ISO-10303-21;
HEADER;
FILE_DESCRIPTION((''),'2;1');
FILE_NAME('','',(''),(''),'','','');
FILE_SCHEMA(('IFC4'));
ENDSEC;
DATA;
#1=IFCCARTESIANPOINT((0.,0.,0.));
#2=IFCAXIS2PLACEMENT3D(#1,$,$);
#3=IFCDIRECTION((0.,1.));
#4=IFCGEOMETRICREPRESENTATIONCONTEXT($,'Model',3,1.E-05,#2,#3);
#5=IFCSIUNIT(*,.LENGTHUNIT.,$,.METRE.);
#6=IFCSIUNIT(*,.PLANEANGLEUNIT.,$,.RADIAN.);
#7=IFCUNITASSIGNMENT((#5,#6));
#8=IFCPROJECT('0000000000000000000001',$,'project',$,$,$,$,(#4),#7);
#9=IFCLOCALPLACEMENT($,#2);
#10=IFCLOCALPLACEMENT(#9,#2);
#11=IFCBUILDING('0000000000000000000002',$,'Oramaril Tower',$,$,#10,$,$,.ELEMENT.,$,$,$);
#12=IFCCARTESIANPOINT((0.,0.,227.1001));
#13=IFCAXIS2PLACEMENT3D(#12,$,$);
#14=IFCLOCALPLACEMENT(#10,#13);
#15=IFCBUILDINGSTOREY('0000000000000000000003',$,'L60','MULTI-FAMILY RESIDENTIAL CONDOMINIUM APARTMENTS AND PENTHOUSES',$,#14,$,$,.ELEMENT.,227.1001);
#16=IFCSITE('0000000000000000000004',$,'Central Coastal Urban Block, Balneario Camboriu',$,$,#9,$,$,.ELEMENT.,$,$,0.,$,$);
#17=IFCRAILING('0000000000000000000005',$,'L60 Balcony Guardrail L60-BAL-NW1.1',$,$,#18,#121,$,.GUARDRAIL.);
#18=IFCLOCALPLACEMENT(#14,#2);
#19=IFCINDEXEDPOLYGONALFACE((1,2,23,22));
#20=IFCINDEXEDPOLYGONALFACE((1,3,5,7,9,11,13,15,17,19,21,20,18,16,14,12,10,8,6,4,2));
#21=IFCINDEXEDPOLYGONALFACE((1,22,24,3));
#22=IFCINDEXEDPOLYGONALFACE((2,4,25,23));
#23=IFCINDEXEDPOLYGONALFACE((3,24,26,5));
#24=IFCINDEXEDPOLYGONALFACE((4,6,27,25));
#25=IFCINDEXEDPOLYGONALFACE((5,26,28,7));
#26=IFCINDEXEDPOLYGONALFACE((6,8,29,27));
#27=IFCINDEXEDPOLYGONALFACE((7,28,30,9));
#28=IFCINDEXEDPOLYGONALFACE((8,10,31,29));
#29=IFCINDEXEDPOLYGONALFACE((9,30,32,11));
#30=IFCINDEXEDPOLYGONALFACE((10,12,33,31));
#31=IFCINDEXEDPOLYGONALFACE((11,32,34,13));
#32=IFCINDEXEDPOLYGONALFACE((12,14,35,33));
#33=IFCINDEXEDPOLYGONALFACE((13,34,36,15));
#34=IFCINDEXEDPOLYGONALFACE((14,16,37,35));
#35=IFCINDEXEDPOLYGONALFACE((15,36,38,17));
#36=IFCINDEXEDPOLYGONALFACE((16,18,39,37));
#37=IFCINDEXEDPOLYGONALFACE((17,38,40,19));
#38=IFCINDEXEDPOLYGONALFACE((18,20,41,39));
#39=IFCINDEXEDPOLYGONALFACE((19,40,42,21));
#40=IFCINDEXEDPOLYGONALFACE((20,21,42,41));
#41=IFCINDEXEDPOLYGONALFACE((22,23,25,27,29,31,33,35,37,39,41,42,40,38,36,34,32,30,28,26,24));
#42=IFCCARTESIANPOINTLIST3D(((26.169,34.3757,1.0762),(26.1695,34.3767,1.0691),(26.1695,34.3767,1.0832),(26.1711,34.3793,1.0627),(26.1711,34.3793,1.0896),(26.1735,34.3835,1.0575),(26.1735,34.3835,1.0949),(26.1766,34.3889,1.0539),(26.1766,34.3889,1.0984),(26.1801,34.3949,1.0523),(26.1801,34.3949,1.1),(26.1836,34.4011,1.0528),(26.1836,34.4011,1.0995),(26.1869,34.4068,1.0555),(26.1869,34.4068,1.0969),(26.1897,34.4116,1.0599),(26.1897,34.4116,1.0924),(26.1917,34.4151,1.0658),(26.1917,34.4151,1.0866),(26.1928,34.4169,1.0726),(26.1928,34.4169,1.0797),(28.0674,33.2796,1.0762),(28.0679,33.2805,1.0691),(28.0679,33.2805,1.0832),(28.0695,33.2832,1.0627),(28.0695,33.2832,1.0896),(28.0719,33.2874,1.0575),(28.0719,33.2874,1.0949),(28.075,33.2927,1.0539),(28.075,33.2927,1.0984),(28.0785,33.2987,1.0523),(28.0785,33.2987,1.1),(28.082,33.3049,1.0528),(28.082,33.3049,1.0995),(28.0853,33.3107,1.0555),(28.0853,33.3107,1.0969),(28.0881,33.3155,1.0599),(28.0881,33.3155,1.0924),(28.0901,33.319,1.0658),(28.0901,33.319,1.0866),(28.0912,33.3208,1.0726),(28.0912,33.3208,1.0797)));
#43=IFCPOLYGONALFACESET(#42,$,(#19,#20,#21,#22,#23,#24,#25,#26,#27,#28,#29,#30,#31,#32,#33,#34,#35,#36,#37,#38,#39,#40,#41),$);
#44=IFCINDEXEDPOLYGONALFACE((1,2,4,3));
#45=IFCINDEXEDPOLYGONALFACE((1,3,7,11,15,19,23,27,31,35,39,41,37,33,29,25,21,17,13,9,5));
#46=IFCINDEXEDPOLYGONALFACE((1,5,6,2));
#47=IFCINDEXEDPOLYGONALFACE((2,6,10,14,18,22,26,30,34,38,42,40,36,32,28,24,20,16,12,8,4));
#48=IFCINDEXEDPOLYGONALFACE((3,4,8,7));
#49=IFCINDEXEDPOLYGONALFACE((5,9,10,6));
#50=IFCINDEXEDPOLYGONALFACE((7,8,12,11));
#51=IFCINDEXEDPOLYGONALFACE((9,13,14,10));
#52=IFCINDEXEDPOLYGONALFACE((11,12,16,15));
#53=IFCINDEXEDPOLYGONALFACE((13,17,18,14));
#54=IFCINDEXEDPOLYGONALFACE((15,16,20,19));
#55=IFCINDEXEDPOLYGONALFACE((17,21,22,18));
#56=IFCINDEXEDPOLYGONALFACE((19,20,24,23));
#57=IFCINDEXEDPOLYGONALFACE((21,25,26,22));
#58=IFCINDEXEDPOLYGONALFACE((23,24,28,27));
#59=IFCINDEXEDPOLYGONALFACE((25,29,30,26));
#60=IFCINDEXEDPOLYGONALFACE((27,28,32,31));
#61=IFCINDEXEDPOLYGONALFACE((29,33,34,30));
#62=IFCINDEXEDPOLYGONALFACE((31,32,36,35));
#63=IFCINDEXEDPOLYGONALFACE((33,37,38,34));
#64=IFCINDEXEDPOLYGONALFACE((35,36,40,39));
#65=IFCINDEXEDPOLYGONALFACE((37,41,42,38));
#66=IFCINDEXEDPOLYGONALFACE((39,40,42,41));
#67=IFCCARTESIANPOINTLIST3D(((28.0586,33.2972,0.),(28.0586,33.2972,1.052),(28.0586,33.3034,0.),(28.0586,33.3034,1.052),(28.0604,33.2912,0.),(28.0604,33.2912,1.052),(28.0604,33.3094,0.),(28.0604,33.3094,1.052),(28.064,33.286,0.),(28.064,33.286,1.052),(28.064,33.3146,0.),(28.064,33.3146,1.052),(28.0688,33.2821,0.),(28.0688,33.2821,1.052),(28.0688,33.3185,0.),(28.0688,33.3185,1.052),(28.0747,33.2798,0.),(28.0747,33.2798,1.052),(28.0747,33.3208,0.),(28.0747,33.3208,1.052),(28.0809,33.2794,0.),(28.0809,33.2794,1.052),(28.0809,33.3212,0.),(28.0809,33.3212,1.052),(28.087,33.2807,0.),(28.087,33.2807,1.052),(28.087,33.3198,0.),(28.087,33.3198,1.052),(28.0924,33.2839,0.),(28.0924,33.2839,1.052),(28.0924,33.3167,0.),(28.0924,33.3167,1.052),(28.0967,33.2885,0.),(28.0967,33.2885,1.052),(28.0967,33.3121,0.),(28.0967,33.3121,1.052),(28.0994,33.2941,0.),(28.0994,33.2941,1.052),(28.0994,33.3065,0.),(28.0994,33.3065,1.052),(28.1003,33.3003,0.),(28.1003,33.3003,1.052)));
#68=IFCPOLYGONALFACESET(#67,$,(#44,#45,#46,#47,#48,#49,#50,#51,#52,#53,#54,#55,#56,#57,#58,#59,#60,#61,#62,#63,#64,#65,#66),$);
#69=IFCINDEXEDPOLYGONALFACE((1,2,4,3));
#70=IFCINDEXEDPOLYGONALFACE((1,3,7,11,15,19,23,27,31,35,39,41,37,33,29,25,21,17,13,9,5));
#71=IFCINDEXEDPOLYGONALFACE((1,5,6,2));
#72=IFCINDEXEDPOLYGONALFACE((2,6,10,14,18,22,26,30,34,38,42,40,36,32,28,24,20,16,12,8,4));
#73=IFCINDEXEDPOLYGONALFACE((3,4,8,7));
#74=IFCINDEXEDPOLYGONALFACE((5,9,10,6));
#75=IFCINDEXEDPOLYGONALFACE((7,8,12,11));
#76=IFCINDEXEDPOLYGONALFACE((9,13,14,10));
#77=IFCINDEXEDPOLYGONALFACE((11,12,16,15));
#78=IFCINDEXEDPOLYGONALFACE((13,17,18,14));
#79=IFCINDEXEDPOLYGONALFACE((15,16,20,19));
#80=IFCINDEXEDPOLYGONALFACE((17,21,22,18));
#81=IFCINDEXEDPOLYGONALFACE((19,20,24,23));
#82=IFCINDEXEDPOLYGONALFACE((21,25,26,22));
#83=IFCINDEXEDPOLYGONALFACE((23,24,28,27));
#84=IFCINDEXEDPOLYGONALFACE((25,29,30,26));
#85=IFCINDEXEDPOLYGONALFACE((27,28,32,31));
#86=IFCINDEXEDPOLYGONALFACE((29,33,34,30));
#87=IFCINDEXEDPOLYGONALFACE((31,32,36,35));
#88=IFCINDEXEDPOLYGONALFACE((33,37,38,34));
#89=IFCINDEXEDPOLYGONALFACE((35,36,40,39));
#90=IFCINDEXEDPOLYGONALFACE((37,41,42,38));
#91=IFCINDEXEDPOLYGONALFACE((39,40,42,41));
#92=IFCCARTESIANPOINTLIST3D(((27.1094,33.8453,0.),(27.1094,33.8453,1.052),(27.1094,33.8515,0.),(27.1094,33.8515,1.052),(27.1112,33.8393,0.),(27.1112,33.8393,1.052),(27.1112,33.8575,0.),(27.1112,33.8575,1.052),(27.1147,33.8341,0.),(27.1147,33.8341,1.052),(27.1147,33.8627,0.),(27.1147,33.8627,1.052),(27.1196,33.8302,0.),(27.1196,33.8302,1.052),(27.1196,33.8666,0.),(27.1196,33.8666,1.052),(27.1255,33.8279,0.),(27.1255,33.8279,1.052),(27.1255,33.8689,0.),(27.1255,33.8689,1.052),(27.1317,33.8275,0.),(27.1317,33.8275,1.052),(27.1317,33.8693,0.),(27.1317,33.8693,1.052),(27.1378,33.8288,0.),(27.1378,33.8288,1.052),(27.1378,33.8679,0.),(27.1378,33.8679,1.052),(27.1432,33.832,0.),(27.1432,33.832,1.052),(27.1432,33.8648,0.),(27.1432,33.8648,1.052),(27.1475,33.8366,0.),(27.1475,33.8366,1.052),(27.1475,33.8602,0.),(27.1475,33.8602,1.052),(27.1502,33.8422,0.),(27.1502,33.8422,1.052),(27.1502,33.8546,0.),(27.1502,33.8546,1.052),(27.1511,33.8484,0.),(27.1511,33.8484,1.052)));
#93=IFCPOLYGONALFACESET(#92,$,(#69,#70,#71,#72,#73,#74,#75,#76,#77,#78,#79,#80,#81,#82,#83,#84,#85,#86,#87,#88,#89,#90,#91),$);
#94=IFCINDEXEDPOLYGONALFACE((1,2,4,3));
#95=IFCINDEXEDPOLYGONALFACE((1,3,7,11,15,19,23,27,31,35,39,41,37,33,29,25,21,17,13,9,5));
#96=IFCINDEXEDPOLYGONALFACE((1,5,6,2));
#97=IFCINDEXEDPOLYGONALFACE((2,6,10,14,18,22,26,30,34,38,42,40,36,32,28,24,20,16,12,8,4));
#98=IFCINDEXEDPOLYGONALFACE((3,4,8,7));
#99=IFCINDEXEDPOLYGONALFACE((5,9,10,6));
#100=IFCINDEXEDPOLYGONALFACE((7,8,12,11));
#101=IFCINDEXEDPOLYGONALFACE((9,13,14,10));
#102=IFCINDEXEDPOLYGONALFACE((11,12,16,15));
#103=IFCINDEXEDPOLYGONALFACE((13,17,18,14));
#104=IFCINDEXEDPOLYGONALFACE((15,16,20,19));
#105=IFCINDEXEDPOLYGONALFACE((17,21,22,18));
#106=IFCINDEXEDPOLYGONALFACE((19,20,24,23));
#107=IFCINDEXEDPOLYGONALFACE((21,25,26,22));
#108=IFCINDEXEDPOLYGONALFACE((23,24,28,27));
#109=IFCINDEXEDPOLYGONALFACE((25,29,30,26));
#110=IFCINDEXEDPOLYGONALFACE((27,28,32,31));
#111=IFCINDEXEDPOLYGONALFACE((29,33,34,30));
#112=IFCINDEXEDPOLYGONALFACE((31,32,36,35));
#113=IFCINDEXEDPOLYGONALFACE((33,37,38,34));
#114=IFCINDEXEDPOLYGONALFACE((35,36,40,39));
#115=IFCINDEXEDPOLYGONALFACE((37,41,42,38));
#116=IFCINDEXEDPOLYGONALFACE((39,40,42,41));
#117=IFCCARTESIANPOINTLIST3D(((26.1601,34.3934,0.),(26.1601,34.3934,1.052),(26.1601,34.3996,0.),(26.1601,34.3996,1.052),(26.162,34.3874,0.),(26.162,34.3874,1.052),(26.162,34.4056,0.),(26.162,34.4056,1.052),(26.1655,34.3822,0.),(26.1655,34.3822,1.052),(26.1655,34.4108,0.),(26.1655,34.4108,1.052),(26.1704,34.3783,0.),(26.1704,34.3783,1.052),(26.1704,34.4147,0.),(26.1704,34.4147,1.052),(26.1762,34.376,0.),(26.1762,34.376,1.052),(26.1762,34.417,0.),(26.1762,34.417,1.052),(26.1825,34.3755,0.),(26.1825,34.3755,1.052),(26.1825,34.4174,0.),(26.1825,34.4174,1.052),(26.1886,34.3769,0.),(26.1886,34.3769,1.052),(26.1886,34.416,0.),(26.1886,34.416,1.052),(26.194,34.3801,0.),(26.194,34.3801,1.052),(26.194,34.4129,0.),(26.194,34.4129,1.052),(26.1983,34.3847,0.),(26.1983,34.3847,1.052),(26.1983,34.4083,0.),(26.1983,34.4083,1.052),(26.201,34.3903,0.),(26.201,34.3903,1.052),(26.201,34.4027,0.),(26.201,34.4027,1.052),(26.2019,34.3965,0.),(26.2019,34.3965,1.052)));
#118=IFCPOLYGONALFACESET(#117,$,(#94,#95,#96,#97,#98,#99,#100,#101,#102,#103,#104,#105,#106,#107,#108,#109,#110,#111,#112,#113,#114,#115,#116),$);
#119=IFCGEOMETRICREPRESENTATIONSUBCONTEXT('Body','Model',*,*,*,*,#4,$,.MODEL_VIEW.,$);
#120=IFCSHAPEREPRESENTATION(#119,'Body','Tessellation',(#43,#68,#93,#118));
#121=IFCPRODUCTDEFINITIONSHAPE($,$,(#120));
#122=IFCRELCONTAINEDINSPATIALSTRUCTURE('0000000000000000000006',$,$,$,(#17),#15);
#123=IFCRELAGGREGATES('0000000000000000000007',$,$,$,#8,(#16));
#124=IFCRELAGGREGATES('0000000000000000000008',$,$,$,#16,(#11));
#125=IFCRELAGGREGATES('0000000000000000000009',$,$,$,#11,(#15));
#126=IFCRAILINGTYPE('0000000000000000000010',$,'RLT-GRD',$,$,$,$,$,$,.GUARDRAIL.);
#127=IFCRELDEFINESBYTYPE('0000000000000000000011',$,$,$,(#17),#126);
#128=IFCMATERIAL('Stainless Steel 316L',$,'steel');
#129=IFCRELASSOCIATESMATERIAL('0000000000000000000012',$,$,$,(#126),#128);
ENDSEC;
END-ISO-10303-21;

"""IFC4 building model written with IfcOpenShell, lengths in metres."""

from ifc_helpers import new_model, si_unit, direction, frame, origin, origin_2d, place, context, subcontext, project, spatial, circle, extrude, material, type_object, element, save


model = new_model("IFC4")

# Units and contexts
model_context = context("Model", 3, precision=1e-05, world=origin(), true_north=direction((0.0, 1.0)))
body_context = subcontext(model_context, "Body", "Model", "MODEL_VIEW")
ifc_project = project(units=[si_unit("LENGTHUNIT", "METRE"), si_unit("PLANEANGLEUNIT", "RADIAN")], contexts=[model_context])

# Site, building, storey
site_placement = place(None, origin())
site = spatial("IfcSite", under=ifc_project, at=site_placement, Name="Central Coastal Urban Block, Balneario Camboriu", CompositionType="ELEMENT", RefElevation=0.0)
building_placement = place(site_placement, origin())
building = spatial("IfcBuilding", under=site, at=building_placement, Name="Oramaril Tower", CompositionType="ELEMENT")
storey_placement = place(building_placement, frame((0.0, 0.0, 227.1001)))
storey = spatial("IfcBuildingStorey", under=building, at=storey_placement, Name="L60", Description="MULTI-FAMILY RESIDENTIAL CONDOMINIUM APARTMENTS AND PENTHOUSES", CompositionType="ELEMENT", Elevation=227.1001)

# Railing
ifc_material_1 = material(Name="Stainless Steel 316L", Category="steel")
railing_type = type_object("IfcRailingType", Name="RLT-GRD", PredefinedType="GUARDRAIL", material=ifc_material_1)
railing_placement = place(storey_placement, frame((28.0793, 33.3003, 0.0)))
element("IfcRailing", 1, at=railing_placement, inside=storey, type_object=railing_type, Name="L60 Balcony Guardrail L60-BAL-NW1.1", PredefinedType="GUARDRAIL", context=body_context, shape_type="SweptSolid", body=[
    extrude(circle(Radius=0.0239, at=origin_2d()), frame((0.0, 0.0, 1.0762), z_axis=(-0.866, 0.500044, 0.0), x_axis=(-0.500044, -0.866, 0.0)), (0.0, 0.0, 1.0), 2.1921),
    extrude(circle(Radius=0.021, at=origin_2d()), origin(), (0.0, 0.0, 1.0), 1.052),
    extrude(circle(Radius=0.021, at=origin_2d()), frame((-0.9492, 0.5481, 0.0)), (0.0, 0.0, 1.0), 1.052),
    extrude(circle(Radius=0.021, at=origin_2d()), frame((-1.8984, 1.0962, 0.0)), (0.0, 0.0, 1.0), 1.052),
])

save(model, "model.ifc")
